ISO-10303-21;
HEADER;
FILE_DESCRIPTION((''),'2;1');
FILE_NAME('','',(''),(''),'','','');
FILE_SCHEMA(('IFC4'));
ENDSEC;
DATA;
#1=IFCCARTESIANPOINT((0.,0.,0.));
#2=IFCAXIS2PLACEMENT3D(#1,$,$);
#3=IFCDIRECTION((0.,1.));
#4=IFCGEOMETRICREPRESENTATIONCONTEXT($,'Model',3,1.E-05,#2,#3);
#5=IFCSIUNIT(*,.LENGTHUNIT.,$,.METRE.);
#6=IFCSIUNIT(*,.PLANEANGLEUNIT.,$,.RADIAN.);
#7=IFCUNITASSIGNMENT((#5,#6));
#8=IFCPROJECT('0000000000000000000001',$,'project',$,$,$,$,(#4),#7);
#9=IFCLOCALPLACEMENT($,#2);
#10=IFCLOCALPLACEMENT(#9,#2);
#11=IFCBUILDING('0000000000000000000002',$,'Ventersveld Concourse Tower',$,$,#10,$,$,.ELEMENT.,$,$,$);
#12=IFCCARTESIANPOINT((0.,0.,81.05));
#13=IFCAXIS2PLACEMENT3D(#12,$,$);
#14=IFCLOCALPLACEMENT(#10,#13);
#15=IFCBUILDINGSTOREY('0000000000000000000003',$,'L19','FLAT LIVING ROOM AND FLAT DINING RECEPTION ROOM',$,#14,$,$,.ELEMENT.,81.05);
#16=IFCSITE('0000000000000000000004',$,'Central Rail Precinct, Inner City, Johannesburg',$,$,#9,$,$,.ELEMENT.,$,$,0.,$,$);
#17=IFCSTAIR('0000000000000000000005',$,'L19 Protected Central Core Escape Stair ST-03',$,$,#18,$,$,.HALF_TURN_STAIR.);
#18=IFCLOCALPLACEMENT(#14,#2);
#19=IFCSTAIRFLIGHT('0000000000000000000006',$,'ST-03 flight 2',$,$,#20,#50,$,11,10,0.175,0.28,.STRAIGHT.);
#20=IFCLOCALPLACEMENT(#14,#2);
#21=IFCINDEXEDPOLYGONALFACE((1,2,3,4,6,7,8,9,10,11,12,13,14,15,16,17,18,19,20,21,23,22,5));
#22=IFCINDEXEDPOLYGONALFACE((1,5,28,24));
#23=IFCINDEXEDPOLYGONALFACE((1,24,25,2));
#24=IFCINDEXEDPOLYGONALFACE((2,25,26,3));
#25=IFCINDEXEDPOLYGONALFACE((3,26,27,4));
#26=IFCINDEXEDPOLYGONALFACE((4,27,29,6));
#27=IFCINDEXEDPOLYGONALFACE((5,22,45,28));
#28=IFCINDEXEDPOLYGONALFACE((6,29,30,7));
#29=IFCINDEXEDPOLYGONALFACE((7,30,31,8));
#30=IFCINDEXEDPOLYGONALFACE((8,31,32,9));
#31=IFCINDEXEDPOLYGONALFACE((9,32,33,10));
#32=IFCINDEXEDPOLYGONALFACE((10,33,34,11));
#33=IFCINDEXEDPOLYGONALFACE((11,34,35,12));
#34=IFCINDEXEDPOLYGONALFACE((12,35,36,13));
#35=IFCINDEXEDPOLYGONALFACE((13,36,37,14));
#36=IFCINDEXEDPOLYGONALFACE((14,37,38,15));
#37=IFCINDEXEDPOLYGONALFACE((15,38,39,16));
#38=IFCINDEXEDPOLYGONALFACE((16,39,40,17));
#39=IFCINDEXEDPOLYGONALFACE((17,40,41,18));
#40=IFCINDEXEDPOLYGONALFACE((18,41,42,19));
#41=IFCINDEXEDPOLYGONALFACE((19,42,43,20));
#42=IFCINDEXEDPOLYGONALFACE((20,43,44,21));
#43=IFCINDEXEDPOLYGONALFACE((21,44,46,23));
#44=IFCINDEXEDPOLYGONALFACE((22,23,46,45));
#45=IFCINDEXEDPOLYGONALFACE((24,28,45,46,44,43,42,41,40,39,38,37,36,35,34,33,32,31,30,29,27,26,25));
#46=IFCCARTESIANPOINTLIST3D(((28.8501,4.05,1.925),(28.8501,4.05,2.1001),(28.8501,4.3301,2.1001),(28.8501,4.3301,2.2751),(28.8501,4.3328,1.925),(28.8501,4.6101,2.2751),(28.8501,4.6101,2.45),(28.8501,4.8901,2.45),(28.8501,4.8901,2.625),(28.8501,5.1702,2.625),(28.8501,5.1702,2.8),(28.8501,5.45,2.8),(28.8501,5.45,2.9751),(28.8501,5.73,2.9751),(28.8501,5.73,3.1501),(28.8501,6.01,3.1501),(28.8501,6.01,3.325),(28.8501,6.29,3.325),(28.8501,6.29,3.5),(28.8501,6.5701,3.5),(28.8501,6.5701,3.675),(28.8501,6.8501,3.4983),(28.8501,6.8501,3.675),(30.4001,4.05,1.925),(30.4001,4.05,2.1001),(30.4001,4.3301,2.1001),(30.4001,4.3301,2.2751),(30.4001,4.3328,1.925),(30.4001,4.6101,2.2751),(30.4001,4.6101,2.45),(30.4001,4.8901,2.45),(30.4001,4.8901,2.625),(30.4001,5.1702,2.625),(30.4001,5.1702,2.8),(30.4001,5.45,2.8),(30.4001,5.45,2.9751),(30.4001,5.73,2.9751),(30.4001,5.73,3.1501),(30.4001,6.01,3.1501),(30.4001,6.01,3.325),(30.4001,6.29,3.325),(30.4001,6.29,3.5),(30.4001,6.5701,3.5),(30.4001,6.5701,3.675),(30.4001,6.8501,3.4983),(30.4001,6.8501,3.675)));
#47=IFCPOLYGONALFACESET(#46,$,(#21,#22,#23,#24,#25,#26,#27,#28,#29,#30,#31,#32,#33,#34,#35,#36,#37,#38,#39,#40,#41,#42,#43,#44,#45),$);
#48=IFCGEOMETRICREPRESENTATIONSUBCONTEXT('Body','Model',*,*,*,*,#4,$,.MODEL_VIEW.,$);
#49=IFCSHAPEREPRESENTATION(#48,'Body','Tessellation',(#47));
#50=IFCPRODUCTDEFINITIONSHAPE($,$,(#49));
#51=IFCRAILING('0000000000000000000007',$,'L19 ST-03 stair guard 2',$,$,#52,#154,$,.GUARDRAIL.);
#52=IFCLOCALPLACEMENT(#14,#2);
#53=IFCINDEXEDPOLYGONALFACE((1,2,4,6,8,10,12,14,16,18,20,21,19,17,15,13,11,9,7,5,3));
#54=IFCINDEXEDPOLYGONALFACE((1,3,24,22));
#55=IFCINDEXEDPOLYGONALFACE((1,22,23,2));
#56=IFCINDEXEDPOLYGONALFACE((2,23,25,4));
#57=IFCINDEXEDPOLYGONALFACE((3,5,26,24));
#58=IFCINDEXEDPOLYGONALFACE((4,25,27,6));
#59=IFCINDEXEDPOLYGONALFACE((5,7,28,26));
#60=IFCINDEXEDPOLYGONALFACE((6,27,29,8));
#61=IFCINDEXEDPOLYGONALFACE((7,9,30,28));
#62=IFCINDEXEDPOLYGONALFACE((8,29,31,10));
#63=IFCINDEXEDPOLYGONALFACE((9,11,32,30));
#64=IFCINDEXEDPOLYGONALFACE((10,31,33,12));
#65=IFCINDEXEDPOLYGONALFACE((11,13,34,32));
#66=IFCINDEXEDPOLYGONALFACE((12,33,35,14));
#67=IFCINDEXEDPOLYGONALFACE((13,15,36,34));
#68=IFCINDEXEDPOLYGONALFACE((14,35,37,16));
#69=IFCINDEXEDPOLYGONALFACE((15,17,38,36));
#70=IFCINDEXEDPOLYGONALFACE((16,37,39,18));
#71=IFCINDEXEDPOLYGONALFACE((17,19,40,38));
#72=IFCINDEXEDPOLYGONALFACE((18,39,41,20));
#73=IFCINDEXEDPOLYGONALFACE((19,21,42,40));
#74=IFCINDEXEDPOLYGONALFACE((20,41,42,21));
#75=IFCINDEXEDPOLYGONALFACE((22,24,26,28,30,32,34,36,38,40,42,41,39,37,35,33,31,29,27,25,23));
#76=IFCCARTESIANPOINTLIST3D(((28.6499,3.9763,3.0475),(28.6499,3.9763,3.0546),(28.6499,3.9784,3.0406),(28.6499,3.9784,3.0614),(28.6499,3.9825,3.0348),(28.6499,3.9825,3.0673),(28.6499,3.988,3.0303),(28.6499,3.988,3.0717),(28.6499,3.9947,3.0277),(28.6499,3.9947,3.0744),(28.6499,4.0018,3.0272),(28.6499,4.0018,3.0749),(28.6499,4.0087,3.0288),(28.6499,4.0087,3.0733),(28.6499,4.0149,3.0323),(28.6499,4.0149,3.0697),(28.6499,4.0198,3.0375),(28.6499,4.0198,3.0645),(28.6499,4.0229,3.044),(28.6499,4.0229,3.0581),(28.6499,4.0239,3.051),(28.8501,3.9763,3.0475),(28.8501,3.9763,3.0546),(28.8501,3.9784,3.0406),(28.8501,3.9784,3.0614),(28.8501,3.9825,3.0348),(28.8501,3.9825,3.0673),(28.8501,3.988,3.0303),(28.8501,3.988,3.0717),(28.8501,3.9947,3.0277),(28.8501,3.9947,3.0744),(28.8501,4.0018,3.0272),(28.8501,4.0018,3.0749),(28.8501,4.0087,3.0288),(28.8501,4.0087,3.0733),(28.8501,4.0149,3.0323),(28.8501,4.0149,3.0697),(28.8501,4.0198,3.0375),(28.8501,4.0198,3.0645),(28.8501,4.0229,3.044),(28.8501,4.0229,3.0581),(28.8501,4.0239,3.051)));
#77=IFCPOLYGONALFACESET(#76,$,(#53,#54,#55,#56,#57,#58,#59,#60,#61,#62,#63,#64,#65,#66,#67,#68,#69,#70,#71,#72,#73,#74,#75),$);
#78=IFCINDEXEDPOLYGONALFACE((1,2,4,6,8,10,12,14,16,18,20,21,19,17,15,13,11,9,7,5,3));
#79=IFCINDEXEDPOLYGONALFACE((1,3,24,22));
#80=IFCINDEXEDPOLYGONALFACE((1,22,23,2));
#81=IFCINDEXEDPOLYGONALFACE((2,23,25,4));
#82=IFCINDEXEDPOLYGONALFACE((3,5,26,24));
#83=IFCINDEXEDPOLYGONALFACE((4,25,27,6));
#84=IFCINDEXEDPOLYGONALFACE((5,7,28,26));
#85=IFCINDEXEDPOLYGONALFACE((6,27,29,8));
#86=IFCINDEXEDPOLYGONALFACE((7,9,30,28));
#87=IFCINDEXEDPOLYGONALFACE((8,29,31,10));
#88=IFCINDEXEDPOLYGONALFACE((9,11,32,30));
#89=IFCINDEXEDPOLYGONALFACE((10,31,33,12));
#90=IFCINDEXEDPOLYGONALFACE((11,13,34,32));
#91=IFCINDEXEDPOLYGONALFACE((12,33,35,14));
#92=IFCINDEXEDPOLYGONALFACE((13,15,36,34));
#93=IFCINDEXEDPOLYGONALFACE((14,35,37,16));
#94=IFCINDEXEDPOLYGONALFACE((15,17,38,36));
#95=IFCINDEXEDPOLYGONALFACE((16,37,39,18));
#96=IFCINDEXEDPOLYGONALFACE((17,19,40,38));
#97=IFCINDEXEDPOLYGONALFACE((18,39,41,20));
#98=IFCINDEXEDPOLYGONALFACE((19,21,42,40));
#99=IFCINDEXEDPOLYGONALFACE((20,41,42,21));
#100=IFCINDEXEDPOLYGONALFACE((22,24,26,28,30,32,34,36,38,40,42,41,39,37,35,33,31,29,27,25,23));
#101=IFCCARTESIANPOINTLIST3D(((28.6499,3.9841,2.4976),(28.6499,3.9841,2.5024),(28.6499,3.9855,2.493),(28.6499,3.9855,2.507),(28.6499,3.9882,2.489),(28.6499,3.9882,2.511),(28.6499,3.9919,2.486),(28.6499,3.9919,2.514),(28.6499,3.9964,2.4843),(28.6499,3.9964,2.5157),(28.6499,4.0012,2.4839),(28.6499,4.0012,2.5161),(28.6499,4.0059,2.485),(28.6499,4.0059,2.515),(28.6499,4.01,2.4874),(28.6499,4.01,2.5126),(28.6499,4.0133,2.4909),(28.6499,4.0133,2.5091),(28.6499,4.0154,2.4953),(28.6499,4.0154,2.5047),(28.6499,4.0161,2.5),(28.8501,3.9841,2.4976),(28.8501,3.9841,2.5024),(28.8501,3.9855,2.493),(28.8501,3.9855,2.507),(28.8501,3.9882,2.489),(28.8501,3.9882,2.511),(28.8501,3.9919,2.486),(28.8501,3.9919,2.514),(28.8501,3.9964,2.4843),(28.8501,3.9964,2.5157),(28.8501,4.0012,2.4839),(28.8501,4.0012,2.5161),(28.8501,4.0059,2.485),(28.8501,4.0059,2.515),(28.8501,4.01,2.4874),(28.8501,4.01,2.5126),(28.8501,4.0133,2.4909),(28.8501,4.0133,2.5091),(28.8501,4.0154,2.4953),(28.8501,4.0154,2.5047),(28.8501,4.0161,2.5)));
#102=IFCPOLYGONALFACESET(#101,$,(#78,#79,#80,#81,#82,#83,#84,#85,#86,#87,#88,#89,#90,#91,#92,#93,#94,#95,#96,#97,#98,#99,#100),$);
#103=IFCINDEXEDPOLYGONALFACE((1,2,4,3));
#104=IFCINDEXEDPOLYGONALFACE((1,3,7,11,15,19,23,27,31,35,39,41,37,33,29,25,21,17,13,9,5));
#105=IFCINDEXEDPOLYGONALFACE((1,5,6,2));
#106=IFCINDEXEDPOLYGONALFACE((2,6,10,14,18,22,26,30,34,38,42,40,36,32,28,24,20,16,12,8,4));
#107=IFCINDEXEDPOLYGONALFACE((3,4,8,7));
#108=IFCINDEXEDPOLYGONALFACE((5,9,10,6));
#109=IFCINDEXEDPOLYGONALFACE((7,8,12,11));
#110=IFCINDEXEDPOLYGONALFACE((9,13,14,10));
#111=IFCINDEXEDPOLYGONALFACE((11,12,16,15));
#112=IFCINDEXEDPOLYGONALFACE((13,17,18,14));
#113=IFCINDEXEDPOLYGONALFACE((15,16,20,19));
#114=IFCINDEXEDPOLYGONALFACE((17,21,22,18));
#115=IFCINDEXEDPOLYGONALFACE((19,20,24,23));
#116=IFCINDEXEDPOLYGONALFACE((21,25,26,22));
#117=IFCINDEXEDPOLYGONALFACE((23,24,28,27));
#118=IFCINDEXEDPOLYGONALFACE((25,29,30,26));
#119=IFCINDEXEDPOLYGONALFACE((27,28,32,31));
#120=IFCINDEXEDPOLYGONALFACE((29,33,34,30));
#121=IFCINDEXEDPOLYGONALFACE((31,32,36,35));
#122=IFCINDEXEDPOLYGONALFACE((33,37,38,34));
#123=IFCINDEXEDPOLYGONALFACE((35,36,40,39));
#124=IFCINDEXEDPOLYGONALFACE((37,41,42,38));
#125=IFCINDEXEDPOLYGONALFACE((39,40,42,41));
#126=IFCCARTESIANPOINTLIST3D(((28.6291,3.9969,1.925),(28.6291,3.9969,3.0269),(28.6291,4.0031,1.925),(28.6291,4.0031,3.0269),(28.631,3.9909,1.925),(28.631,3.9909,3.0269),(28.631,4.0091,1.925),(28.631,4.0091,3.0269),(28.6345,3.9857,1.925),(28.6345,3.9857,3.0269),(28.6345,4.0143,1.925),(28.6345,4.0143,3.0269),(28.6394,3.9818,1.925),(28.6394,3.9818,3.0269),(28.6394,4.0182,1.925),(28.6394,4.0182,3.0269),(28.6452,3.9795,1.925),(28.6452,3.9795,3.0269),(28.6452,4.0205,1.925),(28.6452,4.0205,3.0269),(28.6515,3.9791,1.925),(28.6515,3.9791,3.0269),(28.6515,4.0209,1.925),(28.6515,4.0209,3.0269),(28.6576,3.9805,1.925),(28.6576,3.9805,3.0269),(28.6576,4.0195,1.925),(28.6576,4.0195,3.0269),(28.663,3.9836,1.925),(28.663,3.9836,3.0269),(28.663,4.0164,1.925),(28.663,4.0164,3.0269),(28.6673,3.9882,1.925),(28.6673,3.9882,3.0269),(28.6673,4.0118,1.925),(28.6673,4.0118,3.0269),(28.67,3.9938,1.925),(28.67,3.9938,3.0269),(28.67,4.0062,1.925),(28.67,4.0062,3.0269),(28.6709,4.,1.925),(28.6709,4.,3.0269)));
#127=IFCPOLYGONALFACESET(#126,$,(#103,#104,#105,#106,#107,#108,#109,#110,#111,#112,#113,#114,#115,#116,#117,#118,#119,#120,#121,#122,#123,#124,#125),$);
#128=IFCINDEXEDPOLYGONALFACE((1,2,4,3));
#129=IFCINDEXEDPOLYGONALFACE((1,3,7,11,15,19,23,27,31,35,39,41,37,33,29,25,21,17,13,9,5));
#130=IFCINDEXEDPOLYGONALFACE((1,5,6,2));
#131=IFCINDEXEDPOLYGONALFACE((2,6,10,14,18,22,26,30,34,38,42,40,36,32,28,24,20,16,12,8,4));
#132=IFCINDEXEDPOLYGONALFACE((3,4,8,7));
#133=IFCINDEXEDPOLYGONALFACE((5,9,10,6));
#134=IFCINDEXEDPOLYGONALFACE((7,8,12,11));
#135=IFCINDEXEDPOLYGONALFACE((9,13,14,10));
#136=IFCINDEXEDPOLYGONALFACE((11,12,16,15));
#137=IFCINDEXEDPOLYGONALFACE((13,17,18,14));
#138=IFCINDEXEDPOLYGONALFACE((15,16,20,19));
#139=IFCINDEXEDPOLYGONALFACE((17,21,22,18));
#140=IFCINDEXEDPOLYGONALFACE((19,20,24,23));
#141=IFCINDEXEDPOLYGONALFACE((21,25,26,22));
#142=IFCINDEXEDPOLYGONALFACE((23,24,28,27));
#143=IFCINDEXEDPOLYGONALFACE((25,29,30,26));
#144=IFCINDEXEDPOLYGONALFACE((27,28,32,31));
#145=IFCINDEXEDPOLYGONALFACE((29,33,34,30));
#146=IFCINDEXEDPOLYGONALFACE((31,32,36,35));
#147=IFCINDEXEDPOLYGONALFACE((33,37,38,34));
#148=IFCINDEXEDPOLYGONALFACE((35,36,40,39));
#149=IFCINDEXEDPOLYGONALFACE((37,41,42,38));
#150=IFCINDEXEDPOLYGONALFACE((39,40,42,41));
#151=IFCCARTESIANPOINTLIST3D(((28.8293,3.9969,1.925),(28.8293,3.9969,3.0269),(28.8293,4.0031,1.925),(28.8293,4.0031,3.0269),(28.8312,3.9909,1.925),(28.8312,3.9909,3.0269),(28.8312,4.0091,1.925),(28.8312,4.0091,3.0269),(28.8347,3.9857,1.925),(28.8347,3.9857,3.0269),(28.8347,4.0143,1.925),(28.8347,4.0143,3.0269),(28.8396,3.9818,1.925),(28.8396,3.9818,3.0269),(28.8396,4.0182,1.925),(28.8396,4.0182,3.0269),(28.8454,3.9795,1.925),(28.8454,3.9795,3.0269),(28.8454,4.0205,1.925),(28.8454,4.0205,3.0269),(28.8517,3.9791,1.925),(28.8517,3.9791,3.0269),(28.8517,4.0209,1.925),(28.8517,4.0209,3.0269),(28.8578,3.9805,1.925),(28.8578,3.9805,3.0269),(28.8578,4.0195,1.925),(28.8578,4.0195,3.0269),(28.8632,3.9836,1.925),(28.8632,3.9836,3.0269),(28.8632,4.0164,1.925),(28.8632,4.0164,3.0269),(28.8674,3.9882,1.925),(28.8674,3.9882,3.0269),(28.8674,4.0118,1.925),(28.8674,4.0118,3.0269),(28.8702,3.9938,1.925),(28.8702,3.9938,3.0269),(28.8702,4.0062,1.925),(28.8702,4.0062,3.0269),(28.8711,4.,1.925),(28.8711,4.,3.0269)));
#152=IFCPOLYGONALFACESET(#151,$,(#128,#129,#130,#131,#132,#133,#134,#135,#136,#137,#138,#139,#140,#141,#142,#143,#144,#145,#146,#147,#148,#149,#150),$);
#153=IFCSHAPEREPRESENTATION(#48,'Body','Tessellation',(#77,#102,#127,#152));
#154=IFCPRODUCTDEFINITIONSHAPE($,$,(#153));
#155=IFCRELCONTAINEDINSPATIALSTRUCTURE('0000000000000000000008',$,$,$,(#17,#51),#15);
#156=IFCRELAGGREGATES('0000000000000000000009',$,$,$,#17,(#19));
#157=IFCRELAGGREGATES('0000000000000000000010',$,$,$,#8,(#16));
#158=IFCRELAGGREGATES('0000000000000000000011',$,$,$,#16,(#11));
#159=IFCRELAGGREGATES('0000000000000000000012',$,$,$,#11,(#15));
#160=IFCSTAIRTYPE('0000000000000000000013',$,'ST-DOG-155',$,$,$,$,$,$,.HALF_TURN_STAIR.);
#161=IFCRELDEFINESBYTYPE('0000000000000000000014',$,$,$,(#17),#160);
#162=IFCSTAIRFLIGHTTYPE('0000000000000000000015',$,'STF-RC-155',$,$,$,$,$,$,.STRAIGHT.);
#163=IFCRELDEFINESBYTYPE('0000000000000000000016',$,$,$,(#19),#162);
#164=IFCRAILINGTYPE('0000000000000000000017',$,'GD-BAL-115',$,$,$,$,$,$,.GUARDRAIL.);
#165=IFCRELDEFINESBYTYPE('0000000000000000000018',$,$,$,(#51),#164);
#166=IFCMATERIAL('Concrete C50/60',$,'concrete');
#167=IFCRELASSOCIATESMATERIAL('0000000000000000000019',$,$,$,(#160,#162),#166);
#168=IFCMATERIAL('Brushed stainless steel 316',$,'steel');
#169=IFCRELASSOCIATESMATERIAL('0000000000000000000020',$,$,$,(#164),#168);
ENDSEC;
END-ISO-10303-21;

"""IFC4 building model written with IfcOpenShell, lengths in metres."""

from ifc_helpers import new_model, si_unit, direction, frame, origin, origin_2d, place, context, subcontext, project, spatial, polyline, circle, outline, extrude, material, type_object, element, aggregate, save


model = new_model("IFC4")

# Units and contexts
model_context = context("Model", 3, precision=1e-05, world=origin(), true_north=direction((0.0, 1.0)))
body_context = subcontext(model_context, "Body", "Model", "MODEL_VIEW")
ifc_project = project(units=[si_unit("LENGTHUNIT", "METRE"), si_unit("PLANEANGLEUNIT", "RADIAN")], contexts=[model_context])

# Site, building, storey
site_placement = place(None, origin())
site = spatial("IfcSite", under=ifc_project, at=site_placement, Name="Central Rail Precinct, Inner City, Johannesburg", CompositionType="ELEMENT", RefElevation=0.0)
building_placement = place(site_placement, origin())
building = spatial("IfcBuilding", under=site, at=building_placement, Name="Ventersveld Concourse Tower", CompositionType="ELEMENT")
storey_placement = place(building_placement, frame((0.0, 0.0, 81.05)))
storey = spatial("IfcBuildingStorey", under=building, at=storey_placement, Name="L19", Description="FLAT LIVING ROOM AND FLAT DINING RECEPTION ROOM", CompositionType="ELEMENT", Elevation=81.05)

# Shared definitions
ifc_material_1 = material(Name="Concrete C50/60", Category="concrete")

# Stair, stair flight
stair_type = type_object("IfcStairType", Name="ST-DOG-155", PredefinedType="HALF_TURN_STAIR", material=ifc_material_1)
stair_placement = place(storey_placement, origin())
stair = element("IfcStair", 1, at=stair_placement, inside=storey, type_object=stair_type, Name="L19 Protected Central Core Escape Stair ST-03", PredefinedType="HALF_TURN_STAIR")
stair_flight_type = type_object("IfcStairFlightType", Name="STF-RC-155", PredefinedType="STRAIGHT", material=ifc_material_1)
stair_flight_placement = place(storey_placement, frame((29.625, 4.05, 1.925), z_axis=(0.0, 0.0, 1.0), x_axis=(0.0, 1.0, 0.0)))
stair_flight = element("IfcStairFlight", 2, at=stair_flight_placement, type_object=stair_flight_type, Name="ST-03 flight 2", NumberOfRisers=11, NumberOfTreads=10, PredefinedType="STRAIGHT", RiserHeight=0.175, TreadLength=0.28, context=body_context, shape_type="SweptSolid", body=[
    extrude(outline(polyline([(0.0, 0.0), (0.0, 0.175), (0.28, 0.175), (0.28, 0.3501), (0.5601, 0.3501), (0.5601, 0.5249), (0.8401, 0.5249), (0.8401, 0.7), (1.1201, 0.7), (1.1201, 0.875), (1.3999, 0.875), (1.3999, 1.05), (1.6799, 1.05), (1.6799, 1.2251), (1.96, 1.2251), (1.96, 1.3999), (2.24, 1.3999), (2.24, 1.575), (2.52, 1.575), (2.52, 1.75), (2.8, 1.75), (2.8, 1.925), (2.8, 1.5732), (0.2827, 0.0), (0.0, 0.0)])), frame((0.0, 0.7749, 0.0), z_axis=(0.0, -1.0, 0.0), x_axis=(1.0, 0.0, 0.0)), (0.0, 0.0, 1.0), 1.55),
])
aggregate(stair, [stair_flight])

# Railing
ifc_material_2 = material(Name="Brushed stainless steel 316", Category="steel")
railing_type_1 = type_object("IfcRailingType", Name="GD-BAL-115", PredefinedType="GUARDRAIL", material=ifc_material_2)
railing_1_placement = place(storey_placement, frame((28.6499, 4.0, 1.925)))
element("IfcRailing", 3, at=railing_1_placement, inside=storey, type_object=railing_type_1, Name="L19 ST-03 stair guard 2", PredefinedType="GUARDRAIL", context=body_context, shape_type="SweptSolid", body=[
    extrude(circle(Radius=0.0239, at=origin_2d()), frame((0.0, 0.0, 1.126), z_axis=(1.0, 0.0, 0.0), x_axis=(0.0, 1.0, 0.0)), (0.0, 0.0, 1.0), 0.2002),
    extrude(circle(Radius=0.0161, at=origin_2d()), frame((0.0, 0.0, 0.575), z_axis=(1.0, 0.0, 0.0), x_axis=(0.0, 1.0, 0.0)), (0.0, 0.0, 1.0), 0.2002),
    extrude(circle(Radius=0.021, at=origin_2d()), origin(), (0.0, 0.0, 1.0), 1.1018),
    extrude(circle(Radius=0.021, at=origin_2d()), frame((0.2002, 0.0, 0.0)), (0.0, 0.0, 1.0), 1.1018),
])

save(model, "model.ifc")
